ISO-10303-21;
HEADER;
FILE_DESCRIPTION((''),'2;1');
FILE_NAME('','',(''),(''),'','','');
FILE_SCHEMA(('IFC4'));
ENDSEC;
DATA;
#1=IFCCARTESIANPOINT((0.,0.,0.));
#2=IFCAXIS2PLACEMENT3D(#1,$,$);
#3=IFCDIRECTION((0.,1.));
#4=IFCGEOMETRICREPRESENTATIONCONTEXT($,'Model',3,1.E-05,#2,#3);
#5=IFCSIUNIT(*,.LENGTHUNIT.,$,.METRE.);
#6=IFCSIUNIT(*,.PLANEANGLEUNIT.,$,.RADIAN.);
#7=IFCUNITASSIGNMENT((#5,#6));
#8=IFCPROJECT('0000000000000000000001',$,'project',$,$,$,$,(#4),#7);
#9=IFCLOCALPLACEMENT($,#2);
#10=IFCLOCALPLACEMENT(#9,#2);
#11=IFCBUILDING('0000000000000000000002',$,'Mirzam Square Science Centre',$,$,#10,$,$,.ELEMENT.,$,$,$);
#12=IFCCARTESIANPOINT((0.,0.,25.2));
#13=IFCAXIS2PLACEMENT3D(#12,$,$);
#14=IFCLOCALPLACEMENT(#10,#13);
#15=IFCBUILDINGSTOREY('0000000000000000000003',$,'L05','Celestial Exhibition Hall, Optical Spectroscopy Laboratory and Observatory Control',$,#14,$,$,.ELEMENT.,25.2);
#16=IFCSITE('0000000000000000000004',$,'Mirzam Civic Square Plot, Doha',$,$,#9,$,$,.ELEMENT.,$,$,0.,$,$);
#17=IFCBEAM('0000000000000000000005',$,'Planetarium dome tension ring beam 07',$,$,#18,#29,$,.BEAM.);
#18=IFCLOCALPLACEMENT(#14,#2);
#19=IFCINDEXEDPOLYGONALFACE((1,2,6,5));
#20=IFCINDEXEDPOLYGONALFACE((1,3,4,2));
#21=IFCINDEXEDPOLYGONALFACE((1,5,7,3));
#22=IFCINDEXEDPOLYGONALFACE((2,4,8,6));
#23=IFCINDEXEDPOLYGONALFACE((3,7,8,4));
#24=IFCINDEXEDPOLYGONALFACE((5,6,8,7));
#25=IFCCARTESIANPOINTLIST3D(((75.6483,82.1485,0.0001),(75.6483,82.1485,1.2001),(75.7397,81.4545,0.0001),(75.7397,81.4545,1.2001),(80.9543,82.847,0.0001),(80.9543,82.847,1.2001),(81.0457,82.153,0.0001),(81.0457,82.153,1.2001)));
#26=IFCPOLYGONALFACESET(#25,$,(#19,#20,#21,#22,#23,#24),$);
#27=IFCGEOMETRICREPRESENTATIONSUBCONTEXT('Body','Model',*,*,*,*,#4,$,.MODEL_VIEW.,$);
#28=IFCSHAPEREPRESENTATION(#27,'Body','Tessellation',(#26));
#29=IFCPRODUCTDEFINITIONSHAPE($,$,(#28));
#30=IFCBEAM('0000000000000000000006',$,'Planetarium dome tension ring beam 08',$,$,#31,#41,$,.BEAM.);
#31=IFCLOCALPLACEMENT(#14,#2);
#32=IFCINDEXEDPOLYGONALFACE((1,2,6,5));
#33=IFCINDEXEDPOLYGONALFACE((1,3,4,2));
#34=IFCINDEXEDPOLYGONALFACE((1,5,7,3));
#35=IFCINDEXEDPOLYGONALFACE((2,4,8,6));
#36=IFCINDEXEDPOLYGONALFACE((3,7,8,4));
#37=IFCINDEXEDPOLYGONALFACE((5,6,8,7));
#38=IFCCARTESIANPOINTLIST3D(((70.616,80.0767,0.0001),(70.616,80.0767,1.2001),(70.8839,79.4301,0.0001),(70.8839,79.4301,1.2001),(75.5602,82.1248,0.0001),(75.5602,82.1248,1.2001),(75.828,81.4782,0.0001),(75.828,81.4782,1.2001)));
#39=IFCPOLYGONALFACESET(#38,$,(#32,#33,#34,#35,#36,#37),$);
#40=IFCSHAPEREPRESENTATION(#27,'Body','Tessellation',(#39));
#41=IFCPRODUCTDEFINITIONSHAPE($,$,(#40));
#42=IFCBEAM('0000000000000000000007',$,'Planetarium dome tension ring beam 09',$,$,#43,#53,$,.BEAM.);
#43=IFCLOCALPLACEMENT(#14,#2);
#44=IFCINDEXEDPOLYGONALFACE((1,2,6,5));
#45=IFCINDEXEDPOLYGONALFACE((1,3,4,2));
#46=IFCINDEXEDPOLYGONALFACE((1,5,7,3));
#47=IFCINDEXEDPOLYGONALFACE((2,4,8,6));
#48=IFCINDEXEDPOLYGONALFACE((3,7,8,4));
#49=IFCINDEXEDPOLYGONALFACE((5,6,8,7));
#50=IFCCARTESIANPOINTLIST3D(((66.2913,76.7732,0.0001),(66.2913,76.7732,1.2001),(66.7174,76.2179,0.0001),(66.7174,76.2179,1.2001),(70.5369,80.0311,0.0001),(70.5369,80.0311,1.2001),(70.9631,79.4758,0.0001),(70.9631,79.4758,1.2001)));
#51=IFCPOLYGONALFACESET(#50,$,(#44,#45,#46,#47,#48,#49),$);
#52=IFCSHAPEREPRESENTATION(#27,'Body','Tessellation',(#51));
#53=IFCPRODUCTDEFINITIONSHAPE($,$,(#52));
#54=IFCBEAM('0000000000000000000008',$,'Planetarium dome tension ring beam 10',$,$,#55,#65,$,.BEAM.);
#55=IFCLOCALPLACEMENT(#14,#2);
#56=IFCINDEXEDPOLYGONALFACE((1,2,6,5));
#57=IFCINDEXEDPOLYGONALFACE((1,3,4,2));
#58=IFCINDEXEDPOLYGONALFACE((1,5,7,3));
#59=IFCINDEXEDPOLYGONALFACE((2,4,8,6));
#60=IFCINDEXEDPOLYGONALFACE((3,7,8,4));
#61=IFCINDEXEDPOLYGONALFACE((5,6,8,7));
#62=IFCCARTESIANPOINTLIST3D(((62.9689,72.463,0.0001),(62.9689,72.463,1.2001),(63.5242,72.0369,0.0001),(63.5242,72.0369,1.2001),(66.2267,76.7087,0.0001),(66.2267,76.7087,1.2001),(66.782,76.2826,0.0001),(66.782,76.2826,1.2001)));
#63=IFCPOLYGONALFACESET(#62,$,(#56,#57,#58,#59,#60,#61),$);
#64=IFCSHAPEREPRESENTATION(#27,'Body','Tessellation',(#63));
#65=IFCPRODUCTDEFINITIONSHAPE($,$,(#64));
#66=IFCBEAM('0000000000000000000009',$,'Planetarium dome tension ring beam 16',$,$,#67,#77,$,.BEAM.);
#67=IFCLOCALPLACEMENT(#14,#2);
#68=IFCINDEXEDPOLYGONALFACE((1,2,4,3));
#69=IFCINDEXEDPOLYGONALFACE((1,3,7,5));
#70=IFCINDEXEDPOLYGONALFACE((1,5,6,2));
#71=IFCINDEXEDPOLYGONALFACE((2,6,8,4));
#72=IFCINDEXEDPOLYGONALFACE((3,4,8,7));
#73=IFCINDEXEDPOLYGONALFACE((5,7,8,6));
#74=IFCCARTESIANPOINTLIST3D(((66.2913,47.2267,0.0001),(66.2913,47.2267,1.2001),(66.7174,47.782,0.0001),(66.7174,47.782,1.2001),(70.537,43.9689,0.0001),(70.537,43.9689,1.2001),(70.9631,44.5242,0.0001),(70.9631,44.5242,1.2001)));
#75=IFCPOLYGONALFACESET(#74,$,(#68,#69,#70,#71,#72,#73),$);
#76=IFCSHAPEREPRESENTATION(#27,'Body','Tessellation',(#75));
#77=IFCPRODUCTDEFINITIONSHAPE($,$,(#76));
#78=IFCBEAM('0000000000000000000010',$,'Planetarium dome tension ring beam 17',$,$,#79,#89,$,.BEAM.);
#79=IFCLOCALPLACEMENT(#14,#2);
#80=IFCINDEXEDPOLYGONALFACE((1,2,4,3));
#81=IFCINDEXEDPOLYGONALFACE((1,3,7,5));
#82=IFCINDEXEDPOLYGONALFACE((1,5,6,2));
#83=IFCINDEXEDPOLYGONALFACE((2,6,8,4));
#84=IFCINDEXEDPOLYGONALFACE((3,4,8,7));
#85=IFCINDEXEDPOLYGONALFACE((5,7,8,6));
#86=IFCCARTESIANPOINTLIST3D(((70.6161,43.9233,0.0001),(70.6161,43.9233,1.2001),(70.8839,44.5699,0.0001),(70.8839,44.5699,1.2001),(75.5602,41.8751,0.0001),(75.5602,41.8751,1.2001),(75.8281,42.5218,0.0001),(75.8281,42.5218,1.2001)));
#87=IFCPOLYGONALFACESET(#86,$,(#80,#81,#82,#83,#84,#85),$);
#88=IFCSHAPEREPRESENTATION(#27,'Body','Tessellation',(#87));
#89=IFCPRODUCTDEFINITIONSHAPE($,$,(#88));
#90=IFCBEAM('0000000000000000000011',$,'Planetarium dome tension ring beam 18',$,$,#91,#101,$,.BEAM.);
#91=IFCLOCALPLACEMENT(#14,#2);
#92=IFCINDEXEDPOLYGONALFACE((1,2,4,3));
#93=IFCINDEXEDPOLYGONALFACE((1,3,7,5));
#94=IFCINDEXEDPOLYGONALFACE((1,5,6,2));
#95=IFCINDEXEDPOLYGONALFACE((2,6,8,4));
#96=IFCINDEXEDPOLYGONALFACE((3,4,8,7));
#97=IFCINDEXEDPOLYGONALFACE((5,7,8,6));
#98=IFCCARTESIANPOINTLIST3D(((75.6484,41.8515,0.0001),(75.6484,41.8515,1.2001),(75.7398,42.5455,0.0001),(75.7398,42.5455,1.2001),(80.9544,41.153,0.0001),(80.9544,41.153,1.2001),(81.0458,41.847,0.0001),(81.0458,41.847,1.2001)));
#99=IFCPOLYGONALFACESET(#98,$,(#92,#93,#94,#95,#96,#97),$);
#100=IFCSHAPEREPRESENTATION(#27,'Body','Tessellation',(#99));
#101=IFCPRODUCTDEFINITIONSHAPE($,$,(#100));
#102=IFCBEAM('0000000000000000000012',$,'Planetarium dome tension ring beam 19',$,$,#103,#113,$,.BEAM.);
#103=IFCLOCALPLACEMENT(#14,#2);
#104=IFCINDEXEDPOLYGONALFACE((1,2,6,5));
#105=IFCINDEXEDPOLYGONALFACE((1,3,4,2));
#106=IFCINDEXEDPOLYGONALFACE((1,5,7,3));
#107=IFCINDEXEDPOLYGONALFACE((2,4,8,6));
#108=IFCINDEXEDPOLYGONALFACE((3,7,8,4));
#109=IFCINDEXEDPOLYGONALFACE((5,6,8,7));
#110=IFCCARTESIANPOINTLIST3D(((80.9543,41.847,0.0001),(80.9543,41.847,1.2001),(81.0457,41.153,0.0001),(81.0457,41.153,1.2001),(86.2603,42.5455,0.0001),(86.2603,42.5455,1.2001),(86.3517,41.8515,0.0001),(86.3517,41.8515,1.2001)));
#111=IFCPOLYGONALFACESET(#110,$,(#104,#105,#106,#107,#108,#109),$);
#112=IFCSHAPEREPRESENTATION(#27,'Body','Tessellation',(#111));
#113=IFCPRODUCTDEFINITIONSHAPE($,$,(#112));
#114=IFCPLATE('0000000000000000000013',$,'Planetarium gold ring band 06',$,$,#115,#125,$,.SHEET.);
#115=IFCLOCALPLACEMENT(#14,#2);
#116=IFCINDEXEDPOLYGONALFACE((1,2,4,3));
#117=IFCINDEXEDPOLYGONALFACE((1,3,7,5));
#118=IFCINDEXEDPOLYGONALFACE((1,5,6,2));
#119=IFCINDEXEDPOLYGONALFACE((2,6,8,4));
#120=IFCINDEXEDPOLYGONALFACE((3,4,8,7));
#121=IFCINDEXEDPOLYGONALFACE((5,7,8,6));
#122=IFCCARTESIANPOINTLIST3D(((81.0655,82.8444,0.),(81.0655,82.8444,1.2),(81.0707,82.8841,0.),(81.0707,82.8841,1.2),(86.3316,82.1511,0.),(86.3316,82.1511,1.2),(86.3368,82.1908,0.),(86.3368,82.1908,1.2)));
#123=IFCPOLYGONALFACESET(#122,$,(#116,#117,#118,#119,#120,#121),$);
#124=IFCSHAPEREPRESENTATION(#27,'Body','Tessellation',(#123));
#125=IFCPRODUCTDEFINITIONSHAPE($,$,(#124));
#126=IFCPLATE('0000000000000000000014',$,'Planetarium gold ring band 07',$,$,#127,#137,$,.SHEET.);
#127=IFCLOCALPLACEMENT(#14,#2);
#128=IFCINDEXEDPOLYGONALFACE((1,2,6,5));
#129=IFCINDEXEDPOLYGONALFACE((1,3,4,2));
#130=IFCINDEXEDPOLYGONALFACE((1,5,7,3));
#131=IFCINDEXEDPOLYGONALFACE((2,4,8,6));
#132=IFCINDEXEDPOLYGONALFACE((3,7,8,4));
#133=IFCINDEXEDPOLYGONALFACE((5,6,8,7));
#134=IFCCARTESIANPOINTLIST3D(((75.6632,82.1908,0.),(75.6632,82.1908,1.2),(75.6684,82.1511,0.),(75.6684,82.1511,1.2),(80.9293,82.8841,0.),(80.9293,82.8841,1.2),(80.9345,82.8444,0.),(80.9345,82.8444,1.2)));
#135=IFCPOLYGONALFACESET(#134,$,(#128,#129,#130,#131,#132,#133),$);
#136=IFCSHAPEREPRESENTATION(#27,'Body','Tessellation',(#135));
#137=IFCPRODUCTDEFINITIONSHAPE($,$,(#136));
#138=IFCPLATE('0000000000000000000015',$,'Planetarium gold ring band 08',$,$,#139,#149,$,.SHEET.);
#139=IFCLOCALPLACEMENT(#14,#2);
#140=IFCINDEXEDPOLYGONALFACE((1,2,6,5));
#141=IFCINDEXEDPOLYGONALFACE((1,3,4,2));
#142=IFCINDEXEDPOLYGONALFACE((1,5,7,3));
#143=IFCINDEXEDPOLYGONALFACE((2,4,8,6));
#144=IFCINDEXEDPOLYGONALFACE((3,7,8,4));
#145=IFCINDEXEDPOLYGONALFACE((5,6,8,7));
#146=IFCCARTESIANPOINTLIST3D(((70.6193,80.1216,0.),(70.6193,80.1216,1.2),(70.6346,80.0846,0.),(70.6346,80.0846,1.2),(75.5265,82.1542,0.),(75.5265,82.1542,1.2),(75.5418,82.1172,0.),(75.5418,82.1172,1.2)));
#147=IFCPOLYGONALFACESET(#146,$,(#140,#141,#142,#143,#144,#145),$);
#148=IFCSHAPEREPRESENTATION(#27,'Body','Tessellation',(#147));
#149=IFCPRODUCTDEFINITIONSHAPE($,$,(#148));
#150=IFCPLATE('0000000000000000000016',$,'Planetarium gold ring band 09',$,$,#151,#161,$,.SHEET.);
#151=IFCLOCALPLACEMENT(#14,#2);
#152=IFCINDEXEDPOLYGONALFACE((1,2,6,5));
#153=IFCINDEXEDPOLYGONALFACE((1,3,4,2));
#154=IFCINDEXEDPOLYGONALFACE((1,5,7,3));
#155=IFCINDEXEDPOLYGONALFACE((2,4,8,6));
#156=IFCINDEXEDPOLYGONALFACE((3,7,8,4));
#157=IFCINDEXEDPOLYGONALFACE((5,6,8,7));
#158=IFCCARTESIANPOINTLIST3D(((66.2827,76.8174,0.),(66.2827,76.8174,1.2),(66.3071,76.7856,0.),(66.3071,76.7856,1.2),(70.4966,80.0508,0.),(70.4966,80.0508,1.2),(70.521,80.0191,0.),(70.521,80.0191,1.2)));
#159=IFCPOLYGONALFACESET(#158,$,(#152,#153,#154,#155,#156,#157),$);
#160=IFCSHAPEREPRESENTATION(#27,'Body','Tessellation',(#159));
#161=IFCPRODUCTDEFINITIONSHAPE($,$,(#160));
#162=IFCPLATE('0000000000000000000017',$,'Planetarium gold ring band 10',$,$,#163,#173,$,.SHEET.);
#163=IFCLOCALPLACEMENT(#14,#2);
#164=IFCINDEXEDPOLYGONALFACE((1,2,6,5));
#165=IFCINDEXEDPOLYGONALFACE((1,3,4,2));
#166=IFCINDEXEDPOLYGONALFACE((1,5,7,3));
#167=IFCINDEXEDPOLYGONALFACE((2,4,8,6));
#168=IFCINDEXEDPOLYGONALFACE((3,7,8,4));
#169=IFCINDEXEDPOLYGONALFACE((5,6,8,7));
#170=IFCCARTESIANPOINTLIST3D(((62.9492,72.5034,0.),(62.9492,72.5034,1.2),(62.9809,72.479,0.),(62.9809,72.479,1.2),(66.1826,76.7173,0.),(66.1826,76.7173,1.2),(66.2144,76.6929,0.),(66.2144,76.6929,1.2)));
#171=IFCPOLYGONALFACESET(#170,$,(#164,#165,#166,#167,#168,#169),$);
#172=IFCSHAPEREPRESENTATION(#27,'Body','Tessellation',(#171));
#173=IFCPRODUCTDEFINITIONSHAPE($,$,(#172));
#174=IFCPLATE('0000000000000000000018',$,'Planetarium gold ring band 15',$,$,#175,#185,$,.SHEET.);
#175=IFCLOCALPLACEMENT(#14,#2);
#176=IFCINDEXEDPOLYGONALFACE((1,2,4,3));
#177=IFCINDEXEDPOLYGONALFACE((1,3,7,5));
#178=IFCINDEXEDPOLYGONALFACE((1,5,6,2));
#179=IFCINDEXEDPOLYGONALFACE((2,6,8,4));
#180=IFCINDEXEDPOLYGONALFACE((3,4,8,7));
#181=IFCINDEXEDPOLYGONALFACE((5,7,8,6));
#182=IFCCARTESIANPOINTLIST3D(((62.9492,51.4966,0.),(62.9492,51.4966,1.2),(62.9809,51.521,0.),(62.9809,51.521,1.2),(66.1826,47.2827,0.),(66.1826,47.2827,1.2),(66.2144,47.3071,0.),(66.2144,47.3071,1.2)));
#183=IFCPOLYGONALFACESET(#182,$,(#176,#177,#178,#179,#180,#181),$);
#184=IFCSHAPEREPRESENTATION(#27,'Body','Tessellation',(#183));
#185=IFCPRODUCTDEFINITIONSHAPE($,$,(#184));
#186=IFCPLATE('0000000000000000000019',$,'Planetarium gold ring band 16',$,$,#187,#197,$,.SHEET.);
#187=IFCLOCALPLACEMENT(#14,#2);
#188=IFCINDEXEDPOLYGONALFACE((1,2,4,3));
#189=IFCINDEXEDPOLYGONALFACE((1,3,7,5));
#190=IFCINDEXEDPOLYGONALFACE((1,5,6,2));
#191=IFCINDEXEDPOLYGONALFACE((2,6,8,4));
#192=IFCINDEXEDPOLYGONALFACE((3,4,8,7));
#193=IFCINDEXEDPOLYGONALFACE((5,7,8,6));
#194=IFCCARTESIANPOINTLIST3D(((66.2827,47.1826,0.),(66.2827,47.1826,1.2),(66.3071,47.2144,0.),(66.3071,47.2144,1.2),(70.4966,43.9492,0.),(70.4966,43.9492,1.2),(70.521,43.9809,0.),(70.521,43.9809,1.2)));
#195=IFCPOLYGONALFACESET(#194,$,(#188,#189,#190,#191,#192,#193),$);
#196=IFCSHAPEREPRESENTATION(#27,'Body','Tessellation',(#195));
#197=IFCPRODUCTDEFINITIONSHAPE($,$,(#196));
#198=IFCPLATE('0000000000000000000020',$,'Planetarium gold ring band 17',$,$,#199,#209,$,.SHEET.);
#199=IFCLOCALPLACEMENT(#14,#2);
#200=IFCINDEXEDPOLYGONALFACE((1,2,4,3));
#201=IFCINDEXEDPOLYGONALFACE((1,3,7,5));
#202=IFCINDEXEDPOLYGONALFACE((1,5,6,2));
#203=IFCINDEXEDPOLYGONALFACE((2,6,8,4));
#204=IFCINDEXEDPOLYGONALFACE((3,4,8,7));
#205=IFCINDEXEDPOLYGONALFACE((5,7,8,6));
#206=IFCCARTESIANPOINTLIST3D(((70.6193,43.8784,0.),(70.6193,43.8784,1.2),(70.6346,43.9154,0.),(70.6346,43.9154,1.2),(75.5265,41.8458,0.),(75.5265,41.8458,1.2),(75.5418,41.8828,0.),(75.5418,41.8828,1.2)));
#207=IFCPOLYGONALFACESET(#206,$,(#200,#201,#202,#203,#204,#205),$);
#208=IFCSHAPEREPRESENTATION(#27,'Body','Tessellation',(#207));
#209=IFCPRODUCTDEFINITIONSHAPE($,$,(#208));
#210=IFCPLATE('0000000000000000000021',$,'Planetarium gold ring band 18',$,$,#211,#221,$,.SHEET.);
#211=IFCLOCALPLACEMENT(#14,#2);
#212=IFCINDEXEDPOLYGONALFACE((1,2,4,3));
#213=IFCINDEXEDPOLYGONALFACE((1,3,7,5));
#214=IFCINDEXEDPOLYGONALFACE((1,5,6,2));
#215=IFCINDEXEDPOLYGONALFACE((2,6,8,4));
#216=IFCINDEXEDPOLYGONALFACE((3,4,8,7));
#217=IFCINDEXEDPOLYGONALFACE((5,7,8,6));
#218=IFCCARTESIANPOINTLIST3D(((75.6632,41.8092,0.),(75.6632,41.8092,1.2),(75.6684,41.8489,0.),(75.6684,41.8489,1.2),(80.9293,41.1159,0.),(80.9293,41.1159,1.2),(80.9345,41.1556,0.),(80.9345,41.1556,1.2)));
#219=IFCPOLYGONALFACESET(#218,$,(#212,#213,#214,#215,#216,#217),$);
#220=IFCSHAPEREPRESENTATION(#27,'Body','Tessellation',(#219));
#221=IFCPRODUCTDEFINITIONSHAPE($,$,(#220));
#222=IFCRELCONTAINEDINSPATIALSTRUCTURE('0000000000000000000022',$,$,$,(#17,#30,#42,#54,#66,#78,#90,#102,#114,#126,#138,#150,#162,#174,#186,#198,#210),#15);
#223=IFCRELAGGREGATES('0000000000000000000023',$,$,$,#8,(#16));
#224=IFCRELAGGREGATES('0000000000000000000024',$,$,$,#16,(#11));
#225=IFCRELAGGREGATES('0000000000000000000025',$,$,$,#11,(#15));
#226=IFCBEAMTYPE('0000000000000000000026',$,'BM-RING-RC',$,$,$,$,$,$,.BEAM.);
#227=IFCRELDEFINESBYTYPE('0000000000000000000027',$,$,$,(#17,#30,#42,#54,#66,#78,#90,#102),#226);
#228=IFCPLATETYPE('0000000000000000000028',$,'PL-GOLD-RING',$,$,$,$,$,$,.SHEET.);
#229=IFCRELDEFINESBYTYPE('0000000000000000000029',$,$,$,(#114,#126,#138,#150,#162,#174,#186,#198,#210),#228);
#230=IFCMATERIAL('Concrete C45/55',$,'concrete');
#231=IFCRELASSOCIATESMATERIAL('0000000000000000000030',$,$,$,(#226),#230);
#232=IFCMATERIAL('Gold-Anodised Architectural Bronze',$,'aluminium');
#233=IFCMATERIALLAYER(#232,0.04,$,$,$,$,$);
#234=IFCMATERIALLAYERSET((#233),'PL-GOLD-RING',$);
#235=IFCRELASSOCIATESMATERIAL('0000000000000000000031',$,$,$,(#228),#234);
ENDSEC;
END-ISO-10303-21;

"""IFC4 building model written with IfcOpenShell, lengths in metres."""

from ifc_helpers import new_model, si_unit, direction, frame, origin, origin_2d, place, context, subcontext, project, spatial, rectangle, extrude, material, layer, layer_set, material_profile, profile_set, type_object, element, save


model = new_model("IFC4")

# Units and contexts
model_context = context("Model", 3, precision=1e-05, world=origin(), true_north=direction((0.0, 1.0)))
body_context = subcontext(model_context, "Body", "Model", "MODEL_VIEW")
ifc_project = project(units=[si_unit("LENGTHUNIT", "METRE"), si_unit("PLANEANGLEUNIT", "RADIAN")], contexts=[model_context])

# Site, building, storey
site_placement = place(None, origin())
site = spatial("IfcSite", under=ifc_project, at=site_placement, Name="Mirzam Civic Square Plot, Doha", CompositionType="ELEMENT", RefElevation=0.0)
building_placement = place(site_placement, origin())
building = spatial("IfcBuilding", under=site, at=building_placement, Name="Mirzam Square Science Centre", CompositionType="ELEMENT")
storey_placement = place(building_placement, frame((0.0, 0.0, 25.2)))
storey = spatial("IfcBuildingStorey", under=building, at=storey_placement, Name="L05", Description="Celestial Exhibition Hall, Optical Spectroscopy Laboratory and Observatory Control", CompositionType="ELEMENT", Elevation=25.2)

# Beams
ifc_material_1 = material(Name="Concrete C45/55", Category="concrete")
ifc_material_profile = material_profile(ifc_material_1, rectangle(XDim=0.7, YDim=1.2, at=origin_2d()), Name="RC700x1200")
ifc_profile_set = profile_set([ifc_material_profile], Name="Concrete C45/55")
beam_type = type_object("IfcBeamType", Name="BM-RING-RC", PredefinedType="BEAM", material=ifc_profile_set)
beam_placement = place(storey_placement, frame((81.0, 82.5, 0.6001), z_axis=(-0.991446, -0.130517, 0.0), x_axis=(0.130517, -0.991446, 0.0)))
element("IfcBeam", 1, at=beam_placement, inside=storey, type_object=beam_type, Name="Planetarium dome tension ring beam 07", PredefinedType="BEAM", context=body_context, shape_type="SweptSolid", body=[
    extrude(rectangle(XDim=0.7, YDim=1.2, at=origin_2d()), origin(), (0.0, 0.0, 1.0), 5.3518),
])
for number, where, z_axis, x_axis, name in (
    (2, (75.6941, 81.8015, 0.6001), (-0.923867, -0.382713, 0.0), (0.382713, -0.923867, 0.0), "Planetarium dome tension ring beam 08"),
    (3, (70.75, 79.7534, 0.6001), (-0.793349, -0.608767, 0.0), (0.608767, -0.793349, 0.0), "Planetarium dome tension ring beam 09"),
    (4, (66.5044, 76.4956, 0.6001), (-0.608767, -0.793349, 0.0), (0.793349, -0.608767, 0.0), "Planetarium dome tension ring beam 10"),
    (5, (66.5044, 47.5044, 0.6001), (0.793349, -0.608767, 0.0), (0.608767, 0.793349, 0.0), "Planetarium dome tension ring beam 16"),
    (6, (70.75, 44.2466, 0.6001), (0.923867, -0.382713, 0.0), (0.382713, 0.923867, 0.0), "Planetarium dome tension ring beam 17"),
):
    element("IfcBeam", number, at=place(storey_placement, frame(where, z_axis=z_axis, x_axis=x_axis)), inside=storey, type_object=beam_type, Name=name, PredefinedType="BEAM", context=body_context, shape_type="SweptSolid", body=[
        extrude(rectangle(XDim=0.7, YDim=1.2, at=origin_2d()), origin(), (0.0, 0.0, 1.0), 5.3516),
    ])
for number, where, z_axis, x_axis, name in (
    (7, (75.6941, 42.1985, 0.6001), (0.991446, -0.130517, 0.0), (0.130517, 0.991446, 0.0), "Planetarium dome tension ring beam 18"),
    (8, (81.0, 41.5, 0.6001), (0.991446, 0.130517, 0.0), (-0.130517, 0.991446, 0.0), "Planetarium dome tension ring beam 19"),
):
    element("IfcBeam", number, at=place(storey_placement, frame(where, z_axis=z_axis, x_axis=x_axis)), inside=storey, type_object=beam_type, Name=name, PredefinedType="BEAM", context=body_context, shape_type="SweptSolid", body=[
        extrude(rectangle(XDim=0.7, YDim=1.2, at=origin_2d()), origin(), (0.0, 0.0, 1.0), 5.3518),
    ])

# Plates
ifc_material_2 = material(Name="Gold-Anodised Architectural Bronze", Category="aluminium")
ifc_layer = layer(ifc_material_2, 0.04)
ifc_layer_set = layer_set([ifc_layer], Name="PL-GOLD-RING")
plate_type = type_object("IfcPlateType", Name="PL-GOLD-RING", PredefinedType="SHEET", material=ifc_layer_set)
for number, where, z_axis, x_axis, name in (
    (9, (83.7012, 82.5176, 0.0), (0.0, 0.0, 1.0), (-0.991445, 0.130526, 0.0), "Planetarium gold ring band 06"),
    (10, (78.2988, 82.5176, 0.0), (0.0, 0.0, 1.0), (-0.991445, -0.130526, 0.0), "Planetarium gold ring band 07"),
    (11, (73.0806, 81.1194, 0.0), (0.0, 0.0, 1.0), (-0.92388, -0.382683, 0.0), "Planetarium gold ring band 08"),
    (12, (68.4019, 78.4182, 0.0), (0.0, 0.0, 1.0), (-0.793353, -0.608761, 0.0), "Planetarium gold ring band 09"),
    (13, (64.5818, 74.5981, 0.0), (0.0, 0.0, 1.0), (-0.608761, -0.793353, 0.0), "Planetarium gold ring band 10"),
    (14, (64.5818, 49.4019, 0.0), (0.0, 0.0, 1.0), (0.608761, -0.793353, 0.0), "Planetarium gold ring band 15"),
    (15, (68.4019, 45.5818, 0.0), (0.0, 0.0, 1.0), (0.793353, -0.608761, 0.0), "Planetarium gold ring band 16"),
    (16, (73.0806, 42.8806, 0.0), (0.0, 0.0, 1.0), (0.92388, -0.382683, 0.0), "Planetarium gold ring band 17"),
    (17, (78.2988, 41.4824, 0.0), (0.0, 0.0, 1.0), (0.991445, -0.130526, 0.0), "Planetarium gold ring band 18"),
):
    element("IfcPlate", number, at=place(storey_placement, frame(where, z_axis=z_axis, x_axis=x_axis)), inside=storey, type_object=plate_type, Name=name, PredefinedType="SHEET", context=body_context, shape_type="SweptSolid", body=[
        extrude(rectangle(XDim=5.3115, YDim=0.04, at=origin_2d()), origin(), (0.0, 0.0, 1.0), 1.2),
    ])

save(model, "model.ifc")
